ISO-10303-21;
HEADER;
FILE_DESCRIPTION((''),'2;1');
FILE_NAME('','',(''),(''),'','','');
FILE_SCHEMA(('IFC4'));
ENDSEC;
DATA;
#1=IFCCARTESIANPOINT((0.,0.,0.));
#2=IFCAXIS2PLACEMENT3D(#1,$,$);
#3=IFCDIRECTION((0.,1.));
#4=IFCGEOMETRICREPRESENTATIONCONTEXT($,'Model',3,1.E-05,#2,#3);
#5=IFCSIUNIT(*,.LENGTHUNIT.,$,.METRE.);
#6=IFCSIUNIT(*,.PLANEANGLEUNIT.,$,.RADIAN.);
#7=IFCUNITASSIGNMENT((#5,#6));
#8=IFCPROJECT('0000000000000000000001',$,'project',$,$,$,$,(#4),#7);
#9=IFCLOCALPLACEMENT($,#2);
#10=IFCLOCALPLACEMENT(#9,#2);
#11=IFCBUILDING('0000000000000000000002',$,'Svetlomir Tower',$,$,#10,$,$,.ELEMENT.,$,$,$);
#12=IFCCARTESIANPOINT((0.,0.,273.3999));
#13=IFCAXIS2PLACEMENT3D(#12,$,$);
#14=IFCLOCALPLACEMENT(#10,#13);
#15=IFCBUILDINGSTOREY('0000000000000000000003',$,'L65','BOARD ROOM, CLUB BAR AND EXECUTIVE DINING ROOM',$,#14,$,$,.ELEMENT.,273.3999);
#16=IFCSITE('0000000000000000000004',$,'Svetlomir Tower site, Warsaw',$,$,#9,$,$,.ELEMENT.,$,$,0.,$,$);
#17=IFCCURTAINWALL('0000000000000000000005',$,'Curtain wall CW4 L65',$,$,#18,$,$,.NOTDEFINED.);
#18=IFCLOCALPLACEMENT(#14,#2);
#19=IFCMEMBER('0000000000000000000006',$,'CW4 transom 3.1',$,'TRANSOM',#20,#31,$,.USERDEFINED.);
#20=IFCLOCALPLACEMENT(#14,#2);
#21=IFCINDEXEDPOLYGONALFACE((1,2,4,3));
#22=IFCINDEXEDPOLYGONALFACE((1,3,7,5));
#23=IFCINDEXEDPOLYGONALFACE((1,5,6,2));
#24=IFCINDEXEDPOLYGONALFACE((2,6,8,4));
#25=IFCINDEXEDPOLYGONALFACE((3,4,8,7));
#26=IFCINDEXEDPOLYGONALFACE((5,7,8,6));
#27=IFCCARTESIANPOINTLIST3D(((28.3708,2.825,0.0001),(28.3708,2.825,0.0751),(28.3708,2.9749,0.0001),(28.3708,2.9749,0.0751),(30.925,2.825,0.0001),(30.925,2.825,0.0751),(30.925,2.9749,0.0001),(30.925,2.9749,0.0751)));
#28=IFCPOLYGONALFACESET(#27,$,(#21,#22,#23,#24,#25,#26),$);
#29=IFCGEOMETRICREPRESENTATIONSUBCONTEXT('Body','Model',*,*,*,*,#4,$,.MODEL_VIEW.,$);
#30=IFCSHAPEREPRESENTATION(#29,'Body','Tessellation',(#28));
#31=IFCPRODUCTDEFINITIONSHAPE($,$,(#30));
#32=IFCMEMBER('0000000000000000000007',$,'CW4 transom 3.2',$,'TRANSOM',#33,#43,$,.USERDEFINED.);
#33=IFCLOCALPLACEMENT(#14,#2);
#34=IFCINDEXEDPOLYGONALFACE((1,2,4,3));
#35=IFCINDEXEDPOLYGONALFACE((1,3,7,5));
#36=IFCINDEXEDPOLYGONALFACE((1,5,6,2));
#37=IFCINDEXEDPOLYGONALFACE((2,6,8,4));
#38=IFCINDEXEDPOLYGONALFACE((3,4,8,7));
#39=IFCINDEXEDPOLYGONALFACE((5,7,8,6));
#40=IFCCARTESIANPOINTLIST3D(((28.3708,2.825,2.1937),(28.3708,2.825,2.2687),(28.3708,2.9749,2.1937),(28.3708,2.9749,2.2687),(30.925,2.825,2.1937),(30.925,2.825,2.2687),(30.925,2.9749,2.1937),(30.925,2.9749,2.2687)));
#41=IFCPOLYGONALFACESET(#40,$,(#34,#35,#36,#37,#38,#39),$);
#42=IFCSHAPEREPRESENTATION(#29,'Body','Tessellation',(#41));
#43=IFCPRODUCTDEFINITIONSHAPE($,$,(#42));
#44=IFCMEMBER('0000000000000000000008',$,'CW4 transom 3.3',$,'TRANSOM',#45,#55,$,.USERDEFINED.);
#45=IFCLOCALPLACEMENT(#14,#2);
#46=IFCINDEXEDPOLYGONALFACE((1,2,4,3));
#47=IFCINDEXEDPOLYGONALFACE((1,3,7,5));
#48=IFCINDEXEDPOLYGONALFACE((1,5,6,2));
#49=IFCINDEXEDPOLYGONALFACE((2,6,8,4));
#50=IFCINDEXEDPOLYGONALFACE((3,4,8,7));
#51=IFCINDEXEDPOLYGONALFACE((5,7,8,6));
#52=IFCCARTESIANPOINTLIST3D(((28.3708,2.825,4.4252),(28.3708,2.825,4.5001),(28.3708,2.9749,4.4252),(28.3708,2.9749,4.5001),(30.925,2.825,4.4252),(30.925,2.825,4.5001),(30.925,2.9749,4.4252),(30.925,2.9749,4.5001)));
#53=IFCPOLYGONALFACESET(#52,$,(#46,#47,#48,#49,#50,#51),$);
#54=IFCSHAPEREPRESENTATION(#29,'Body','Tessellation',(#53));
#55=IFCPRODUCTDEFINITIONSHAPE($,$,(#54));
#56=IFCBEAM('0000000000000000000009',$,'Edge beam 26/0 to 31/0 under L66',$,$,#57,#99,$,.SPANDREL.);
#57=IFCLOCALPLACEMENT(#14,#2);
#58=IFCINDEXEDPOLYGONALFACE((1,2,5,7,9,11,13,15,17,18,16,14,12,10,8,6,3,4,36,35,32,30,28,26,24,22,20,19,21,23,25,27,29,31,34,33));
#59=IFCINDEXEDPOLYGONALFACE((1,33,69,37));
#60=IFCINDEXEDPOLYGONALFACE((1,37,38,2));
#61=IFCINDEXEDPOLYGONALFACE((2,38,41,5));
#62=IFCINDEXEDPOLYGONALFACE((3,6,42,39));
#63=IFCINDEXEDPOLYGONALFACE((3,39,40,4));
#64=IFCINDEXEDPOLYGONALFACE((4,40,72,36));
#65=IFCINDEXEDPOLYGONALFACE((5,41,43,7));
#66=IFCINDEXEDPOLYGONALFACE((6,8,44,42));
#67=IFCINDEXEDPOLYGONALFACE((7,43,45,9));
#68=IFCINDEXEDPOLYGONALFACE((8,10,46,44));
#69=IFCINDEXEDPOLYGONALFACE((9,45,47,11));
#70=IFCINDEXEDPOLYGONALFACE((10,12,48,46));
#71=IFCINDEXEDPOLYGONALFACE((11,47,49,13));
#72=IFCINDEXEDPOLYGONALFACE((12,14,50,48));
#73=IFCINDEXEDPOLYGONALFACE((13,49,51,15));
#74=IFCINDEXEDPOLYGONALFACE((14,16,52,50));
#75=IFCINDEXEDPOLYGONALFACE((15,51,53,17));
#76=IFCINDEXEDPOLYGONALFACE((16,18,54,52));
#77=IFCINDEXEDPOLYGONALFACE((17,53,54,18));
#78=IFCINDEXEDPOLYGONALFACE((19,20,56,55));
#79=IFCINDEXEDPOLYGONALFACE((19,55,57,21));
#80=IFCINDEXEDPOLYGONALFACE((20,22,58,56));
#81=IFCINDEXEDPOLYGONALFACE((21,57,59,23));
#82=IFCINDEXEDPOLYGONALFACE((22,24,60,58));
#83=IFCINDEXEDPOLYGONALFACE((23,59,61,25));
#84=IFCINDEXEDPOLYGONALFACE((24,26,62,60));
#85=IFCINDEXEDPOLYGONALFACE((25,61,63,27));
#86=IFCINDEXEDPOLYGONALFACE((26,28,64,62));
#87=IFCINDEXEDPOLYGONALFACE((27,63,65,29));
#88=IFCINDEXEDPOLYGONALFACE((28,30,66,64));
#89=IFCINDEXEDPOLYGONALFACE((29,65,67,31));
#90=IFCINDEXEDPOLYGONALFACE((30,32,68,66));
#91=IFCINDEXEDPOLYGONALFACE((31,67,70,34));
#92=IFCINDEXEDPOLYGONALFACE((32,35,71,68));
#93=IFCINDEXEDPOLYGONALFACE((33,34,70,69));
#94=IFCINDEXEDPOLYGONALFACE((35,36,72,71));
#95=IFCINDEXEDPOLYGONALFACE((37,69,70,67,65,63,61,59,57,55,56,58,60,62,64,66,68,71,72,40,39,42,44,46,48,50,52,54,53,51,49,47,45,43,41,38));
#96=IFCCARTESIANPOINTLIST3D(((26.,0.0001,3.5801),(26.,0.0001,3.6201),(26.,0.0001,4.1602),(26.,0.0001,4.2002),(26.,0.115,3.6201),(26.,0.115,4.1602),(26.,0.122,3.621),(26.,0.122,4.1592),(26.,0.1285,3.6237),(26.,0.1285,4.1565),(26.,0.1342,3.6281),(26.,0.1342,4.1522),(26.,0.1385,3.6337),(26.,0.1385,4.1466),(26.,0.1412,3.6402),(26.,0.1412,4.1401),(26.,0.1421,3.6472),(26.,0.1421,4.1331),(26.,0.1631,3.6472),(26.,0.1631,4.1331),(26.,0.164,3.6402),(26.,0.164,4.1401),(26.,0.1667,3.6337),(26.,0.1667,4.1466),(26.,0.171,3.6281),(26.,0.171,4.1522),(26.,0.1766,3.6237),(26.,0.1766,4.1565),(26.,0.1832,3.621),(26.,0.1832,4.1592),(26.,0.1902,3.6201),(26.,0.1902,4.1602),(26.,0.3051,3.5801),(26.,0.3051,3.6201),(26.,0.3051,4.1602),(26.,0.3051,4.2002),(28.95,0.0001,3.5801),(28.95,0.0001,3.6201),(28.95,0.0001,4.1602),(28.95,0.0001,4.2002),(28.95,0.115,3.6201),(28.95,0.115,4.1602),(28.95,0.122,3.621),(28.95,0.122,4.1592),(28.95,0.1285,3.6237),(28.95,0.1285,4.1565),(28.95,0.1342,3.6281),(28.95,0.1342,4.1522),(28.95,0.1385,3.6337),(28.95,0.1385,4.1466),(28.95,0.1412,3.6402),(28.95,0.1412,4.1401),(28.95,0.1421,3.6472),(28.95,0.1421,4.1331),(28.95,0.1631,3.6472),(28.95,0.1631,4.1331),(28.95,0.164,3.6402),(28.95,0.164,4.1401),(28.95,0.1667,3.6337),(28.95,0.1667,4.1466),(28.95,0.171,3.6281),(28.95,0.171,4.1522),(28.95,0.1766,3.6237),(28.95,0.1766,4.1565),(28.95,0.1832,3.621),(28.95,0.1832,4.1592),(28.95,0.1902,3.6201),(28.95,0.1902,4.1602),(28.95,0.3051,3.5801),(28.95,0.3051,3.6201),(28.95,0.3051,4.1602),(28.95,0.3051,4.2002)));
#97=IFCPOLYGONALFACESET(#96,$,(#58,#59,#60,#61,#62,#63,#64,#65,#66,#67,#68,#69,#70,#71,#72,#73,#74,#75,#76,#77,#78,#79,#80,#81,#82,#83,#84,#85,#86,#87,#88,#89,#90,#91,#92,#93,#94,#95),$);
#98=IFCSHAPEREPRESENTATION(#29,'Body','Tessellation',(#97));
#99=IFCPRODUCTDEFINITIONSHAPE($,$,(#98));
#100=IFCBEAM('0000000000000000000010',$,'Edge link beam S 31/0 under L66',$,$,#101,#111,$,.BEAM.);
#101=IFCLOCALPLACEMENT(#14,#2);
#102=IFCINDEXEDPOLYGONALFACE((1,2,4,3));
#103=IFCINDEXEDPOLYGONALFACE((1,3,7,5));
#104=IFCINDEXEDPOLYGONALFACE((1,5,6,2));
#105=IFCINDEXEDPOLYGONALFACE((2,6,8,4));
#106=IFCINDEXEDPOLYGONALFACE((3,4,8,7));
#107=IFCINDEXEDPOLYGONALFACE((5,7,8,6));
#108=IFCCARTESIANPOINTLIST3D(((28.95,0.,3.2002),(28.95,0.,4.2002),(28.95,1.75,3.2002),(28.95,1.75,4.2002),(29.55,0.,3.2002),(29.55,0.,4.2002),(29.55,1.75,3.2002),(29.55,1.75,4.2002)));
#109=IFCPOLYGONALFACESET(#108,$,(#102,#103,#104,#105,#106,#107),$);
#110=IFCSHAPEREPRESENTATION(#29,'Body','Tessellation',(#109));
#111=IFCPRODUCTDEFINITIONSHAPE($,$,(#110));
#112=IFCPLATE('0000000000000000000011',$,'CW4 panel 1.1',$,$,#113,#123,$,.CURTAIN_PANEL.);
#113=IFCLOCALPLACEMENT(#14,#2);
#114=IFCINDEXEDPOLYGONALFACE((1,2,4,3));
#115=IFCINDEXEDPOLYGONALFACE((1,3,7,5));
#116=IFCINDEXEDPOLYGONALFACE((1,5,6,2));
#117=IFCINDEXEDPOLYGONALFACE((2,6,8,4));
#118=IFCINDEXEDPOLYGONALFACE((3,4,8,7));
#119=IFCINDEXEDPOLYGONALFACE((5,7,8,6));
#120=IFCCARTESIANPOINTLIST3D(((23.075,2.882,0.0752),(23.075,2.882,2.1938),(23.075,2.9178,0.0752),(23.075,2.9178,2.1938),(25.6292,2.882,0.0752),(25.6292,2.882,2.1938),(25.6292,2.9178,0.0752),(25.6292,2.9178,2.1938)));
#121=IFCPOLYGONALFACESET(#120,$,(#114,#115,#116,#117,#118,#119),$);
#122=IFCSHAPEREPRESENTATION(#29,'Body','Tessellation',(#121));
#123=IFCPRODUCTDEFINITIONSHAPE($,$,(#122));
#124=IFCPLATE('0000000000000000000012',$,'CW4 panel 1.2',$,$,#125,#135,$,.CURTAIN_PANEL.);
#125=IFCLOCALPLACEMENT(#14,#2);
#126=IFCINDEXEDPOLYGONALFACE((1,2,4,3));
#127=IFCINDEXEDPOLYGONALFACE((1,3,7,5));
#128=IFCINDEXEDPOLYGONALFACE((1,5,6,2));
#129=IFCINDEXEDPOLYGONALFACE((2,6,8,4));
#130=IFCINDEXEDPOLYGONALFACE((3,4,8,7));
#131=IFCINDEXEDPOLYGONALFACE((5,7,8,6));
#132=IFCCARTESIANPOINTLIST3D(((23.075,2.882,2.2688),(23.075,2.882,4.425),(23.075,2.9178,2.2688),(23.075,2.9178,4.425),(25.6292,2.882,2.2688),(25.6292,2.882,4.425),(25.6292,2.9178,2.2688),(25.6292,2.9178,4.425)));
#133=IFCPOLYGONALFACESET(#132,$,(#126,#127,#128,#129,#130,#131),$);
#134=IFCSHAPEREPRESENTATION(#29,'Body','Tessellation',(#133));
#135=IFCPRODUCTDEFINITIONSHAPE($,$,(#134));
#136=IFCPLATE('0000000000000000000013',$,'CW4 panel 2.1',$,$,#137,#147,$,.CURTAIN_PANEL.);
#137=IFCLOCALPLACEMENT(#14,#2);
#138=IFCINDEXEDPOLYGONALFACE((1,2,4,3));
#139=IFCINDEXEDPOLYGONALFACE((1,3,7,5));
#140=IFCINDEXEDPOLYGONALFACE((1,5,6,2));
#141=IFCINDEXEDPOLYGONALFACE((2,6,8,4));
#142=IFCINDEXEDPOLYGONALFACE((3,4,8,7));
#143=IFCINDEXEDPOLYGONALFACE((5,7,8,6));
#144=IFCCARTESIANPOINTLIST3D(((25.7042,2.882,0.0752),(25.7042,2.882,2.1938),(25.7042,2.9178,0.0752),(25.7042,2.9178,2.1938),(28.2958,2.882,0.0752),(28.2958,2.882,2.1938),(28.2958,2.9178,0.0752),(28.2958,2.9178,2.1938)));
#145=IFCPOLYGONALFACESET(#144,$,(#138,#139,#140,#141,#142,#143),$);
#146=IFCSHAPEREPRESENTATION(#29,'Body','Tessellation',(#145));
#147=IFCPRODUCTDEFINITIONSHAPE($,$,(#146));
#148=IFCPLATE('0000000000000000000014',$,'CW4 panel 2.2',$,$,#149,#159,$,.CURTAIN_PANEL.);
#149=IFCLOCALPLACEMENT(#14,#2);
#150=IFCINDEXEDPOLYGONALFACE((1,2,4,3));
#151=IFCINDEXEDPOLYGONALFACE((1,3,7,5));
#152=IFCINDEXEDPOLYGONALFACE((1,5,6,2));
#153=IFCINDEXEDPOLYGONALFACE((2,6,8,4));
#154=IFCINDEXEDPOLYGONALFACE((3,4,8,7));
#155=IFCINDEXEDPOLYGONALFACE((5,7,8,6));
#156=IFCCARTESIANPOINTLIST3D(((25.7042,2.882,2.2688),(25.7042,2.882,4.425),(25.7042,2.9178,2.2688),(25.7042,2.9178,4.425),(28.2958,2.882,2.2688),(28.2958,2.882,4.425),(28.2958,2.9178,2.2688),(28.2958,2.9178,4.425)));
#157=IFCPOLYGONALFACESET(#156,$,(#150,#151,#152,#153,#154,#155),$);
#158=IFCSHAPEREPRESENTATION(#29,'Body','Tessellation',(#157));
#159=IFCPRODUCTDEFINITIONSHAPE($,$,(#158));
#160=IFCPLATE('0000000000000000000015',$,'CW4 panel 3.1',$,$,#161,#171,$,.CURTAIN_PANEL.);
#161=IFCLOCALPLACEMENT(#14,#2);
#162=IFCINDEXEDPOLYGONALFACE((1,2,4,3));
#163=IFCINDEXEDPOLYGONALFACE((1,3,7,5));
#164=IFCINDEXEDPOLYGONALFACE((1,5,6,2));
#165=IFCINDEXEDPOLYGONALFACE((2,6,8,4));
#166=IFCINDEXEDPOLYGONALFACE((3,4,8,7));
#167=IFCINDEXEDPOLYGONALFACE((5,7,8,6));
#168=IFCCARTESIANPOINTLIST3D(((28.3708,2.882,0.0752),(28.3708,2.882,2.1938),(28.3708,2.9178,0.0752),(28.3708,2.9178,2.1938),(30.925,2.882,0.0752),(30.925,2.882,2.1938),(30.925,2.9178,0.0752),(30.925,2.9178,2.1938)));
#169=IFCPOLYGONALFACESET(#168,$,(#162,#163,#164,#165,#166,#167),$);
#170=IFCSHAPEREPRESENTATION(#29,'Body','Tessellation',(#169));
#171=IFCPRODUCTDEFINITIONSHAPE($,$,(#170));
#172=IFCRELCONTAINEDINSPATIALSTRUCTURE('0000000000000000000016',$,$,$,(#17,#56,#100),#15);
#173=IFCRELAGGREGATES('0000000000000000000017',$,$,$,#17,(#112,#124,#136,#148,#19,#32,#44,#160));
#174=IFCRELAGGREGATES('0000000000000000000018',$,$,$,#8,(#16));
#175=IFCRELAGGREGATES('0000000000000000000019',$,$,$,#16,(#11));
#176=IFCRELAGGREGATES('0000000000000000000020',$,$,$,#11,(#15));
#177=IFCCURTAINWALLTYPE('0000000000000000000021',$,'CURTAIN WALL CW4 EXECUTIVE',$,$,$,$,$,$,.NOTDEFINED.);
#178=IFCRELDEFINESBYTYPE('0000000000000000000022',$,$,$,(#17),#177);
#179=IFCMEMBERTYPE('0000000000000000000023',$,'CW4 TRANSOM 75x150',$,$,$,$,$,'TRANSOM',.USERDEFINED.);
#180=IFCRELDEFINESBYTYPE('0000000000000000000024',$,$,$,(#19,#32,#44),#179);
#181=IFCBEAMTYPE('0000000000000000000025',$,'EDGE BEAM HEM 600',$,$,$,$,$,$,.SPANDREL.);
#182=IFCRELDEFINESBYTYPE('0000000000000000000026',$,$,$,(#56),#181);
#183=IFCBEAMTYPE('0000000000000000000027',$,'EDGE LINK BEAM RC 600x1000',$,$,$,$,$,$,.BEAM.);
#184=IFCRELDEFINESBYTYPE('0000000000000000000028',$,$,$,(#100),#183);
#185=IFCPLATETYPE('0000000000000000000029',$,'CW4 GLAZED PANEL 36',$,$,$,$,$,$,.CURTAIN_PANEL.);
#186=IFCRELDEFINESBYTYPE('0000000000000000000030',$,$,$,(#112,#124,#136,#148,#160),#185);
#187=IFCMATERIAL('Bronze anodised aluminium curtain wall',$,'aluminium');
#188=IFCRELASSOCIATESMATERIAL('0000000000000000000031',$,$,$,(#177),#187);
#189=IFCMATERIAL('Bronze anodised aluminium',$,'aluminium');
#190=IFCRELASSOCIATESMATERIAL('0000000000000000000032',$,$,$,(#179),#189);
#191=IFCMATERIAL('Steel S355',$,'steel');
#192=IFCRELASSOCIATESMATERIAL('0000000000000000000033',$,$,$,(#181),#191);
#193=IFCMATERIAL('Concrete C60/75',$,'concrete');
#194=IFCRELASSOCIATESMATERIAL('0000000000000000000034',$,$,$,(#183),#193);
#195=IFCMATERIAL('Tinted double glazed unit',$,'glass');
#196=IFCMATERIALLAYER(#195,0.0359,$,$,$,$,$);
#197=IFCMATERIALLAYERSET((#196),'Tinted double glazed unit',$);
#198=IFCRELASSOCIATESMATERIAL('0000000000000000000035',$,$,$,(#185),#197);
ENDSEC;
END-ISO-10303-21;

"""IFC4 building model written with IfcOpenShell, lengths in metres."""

from ifc_helpers import new_model, si_unit, direction, frame, origin, origin_2d, place, context, subcontext, project, spatial, rectangle, i_section, extrude, material, layer, layer_set, material_profile, profile_set, type_object, element, aggregate, save


model = new_model("IFC4")

# Units and contexts
model_context = context("Model", 3, precision=1e-05, world=origin(), true_north=direction((0.0, 1.0)))
body_context = subcontext(model_context, "Body", "Model", "MODEL_VIEW")
ifc_project = project(units=[si_unit("LENGTHUNIT", "METRE"), si_unit("PLANEANGLEUNIT", "RADIAN")], contexts=[model_context])

# Site, building, storey
site_placement = place(None, origin())
site = spatial("IfcSite", under=ifc_project, at=site_placement, Name="Svetlomir Tower site, Warsaw", CompositionType="ELEMENT", RefElevation=0.0)
building_placement = place(site_placement, origin())
building = spatial("IfcBuilding", under=site, at=building_placement, Name="Svetlomir Tower", CompositionType="ELEMENT")
storey_placement = place(building_placement, frame((0.0, 0.0, 273.3999)))
storey = spatial("IfcBuildingStorey", under=building, at=storey_placement, Name="L65", Description="BOARD ROOM, CLUB BAR AND EXECUTIVE DINING ROOM", CompositionType="ELEMENT", Elevation=273.3999)

# Curtain wall
ifc_material_1 = material(Name="Bronze anodised aluminium curtain wall", Category="aluminium")
curtain_wall_type = type_object("IfcCurtainWallType", Name="CURTAIN WALL CW4 EXECUTIVE", PredefinedType="NOTDEFINED", material=ifc_material_1)
curtain_wall_1_placement = place(storey_placement, origin())
curtain_wall_1 = element("IfcCurtainWall", 1, at=curtain_wall_1_placement, inside=storey, type_object=curtain_wall_type, Name="Curtain wall CW4 L65", PredefinedType="NOTDEFINED")

# Members
ifc_material_2 = material(Name="Bronze anodised aluminium", Category="aluminium")
ifc_material_profile_1 = material_profile(ifc_material_2, rectangle(XDim=0.1499, YDim=0.075, at=origin_2d()), Name="AL 150x75")
ifc_profile_set_1 = profile_set([ifc_material_profile_1], Name="Bronze anodised aluminium 6063-T6")
member_type_1 = type_object("IfcMemberType", Name="CW4 TRANSOM 75x150", ElementType="TRANSOM", PredefinedType="USERDEFINED", material=ifc_profile_set_1)
member_1_placement = place(storey_placement, frame((28.3708, 2.8999, 0.0376), z_axis=(1.0, 0.0, 0.0), x_axis=(0.0, 1.0, 0.0)))
member_1 = element("IfcMember", 2, at=member_1_placement, type_object=member_type_1, Name="CW4 transom 3.1", ObjectType="TRANSOM", PredefinedType="USERDEFINED", context=body_context, shape_type="SweptSolid", body=[
    extrude(rectangle(XDim=0.1499, YDim=0.075, at=origin_2d()), origin(), (0.0, 0.0, 1.0), 2.5542),
])
member_2_placement = place(storey_placement, frame((28.3708, 2.8999, 2.2312), z_axis=(1.0, 0.0, 0.0), x_axis=(0.0, 1.0, 0.0)))
member_2 = element("IfcMember", 3, at=member_2_placement, type_object=member_type_1, Name="CW4 transom 3.2", ObjectType="TRANSOM", PredefinedType="USERDEFINED", context=body_context, shape_type="SweptSolid", body=[
    extrude(rectangle(XDim=0.1499, YDim=0.075, at=origin_2d()), origin(), (0.0, 0.0, 1.0), 2.5542),
])
member_3_placement = place(storey_placement, frame((28.3708, 2.8999, 4.4626), z_axis=(1.0, 0.0, 0.0), x_axis=(0.0, 1.0, 0.0)))
member_3 = element("IfcMember", 4, at=member_3_placement, type_object=member_type_1, Name="CW4 transom 3.3", ObjectType="TRANSOM", PredefinedType="USERDEFINED", context=body_context, shape_type="SweptSolid", body=[
    extrude(rectangle(XDim=0.1499, YDim=0.075, at=origin_2d()), origin(), (0.0, 0.0, 1.0), 2.5542),
])

# Beams
ifc_material_3 = material(Name="Steel S355", Category="steel")
ifc_material_profile_2 = material_profile(ifc_material_3, i_section(OverallWidth=0.3049, OverallDepth=0.6201, WebThickness=0.021, FlangeThickness=0.04, FilletRadius=0.0271, at=origin_2d()), Name="HEM 600")
ifc_profile_set_2 = profile_set([ifc_material_profile_2], Name="Steel S355")
beam_type_1 = type_object("IfcBeamType", Name="EDGE BEAM HEM 600", PredefinedType="SPANDREL", material=ifc_profile_set_2)
beam_1_placement = place(storey_placement, frame((26.0, 0.1526, 3.8901), z_axis=(1.0, 0.0, 0.0), x_axis=(0.0, 1.0, 0.0)))
element("IfcBeam", 5, at=beam_1_placement, inside=storey, type_object=beam_type_1, Name="Edge beam 26/0 to 31/0 under L66", PredefinedType="SPANDREL", context=body_context, shape_type="SweptSolid", body=[
    extrude(i_section(OverallWidth=0.3049, OverallDepth=0.6201, WebThickness=0.021, FlangeThickness=0.04, FilletRadius=0.0271, at=origin_2d()), origin(), (0.0, 0.0, 1.0), 2.95),
])
ifc_material_4 = material(Name="Concrete C60/75", Category="concrete")
ifc_material_profile_3 = material_profile(ifc_material_4, rectangle(XDim=0.6001, YDim=1.0, at=origin_2d()), Name="RC 600x1000")
ifc_profile_set_3 = profile_set([ifc_material_profile_3], Name="Concrete C60/75")
beam_type_2 = type_object("IfcBeamType", Name="EDGE LINK BEAM RC 600x1000", PredefinedType="BEAM", material=ifc_profile_set_3)
beam_2_placement = place(storey_placement, frame((29.25, 1.75, 3.7002), z_axis=(0.0, -1.0, 0.0), x_axis=(1.0, 0.0, 0.0)))
element("IfcBeam", 6, at=beam_2_placement, inside=storey, type_object=beam_type_2, Name="Edge link beam S 31/0 under L66", PredefinedType="BEAM", context=body_context, shape_type="SweptSolid", body=[
    extrude(rectangle(XDim=0.6001, YDim=1.0, at=origin_2d()), origin(), (0.0, 0.0, 1.0), 1.75),
])

# Plates
ifc_material_5 = material(Name="Tinted double glazed unit", Category="glass")
ifc_layer_1 = layer(ifc_material_5, 0.0359)
ifc_layer_set_1 = layer_set([ifc_layer_1], Name="Tinted double glazed unit")
plate_type = type_object("IfcPlateType", Name="CW4 GLAZED PANEL 36", PredefinedType="CURTAIN_PANEL", material=ifc_layer_set_1)
plate_1_placement = place(storey_placement, frame((24.3521, 2.8999, 0.0752), z_axis=(0.0, 0.0, 1.0), x_axis=(1.0, 0.0, 0.0)))
plate_1 = element("IfcPlate", 7, at=plate_1_placement, type_object=plate_type, Name="CW4 panel 1.1", PredefinedType="CURTAIN_PANEL", context=body_context, shape_type="SweptSolid", body=[
    extrude(rectangle(XDim=2.5542, YDim=0.0359, at=origin_2d()), origin(), (0.0, 0.0, 1.0), 2.1187),
])
plate_2_placement = place(storey_placement, frame((24.3521, 2.8999, 2.2688), z_axis=(0.0, 0.0, 1.0), x_axis=(1.0, 0.0, 0.0)))
plate_2 = element("IfcPlate", 8, at=plate_2_placement, type_object=plate_type, Name="CW4 panel 1.2", PredefinedType="CURTAIN_PANEL", context=body_context, shape_type="SweptSolid", body=[
    extrude(rectangle(XDim=2.5542, YDim=0.0359, at=origin_2d()), origin(), (0.0, 0.0, 1.0), 2.1562),
])
plate_3_placement = place(storey_placement, frame((27.0, 2.8999, 0.0752), z_axis=(0.0, 0.0, 1.0), x_axis=(1.0, 0.0, 0.0)))
plate_3 = element("IfcPlate", 9, at=plate_3_placement, type_object=plate_type, Name="CW4 panel 2.1", PredefinedType="CURTAIN_PANEL", context=body_context, shape_type="SweptSolid", body=[
    extrude(rectangle(XDim=2.5916, YDim=0.0359, at=origin_2d()), origin(), (0.0, 0.0, 1.0), 2.1187),
])
plate_4_placement = place(storey_placement, frame((27.0, 2.8999, 2.2688), z_axis=(0.0, 0.0, 1.0), x_axis=(1.0, 0.0, 0.0)))
plate_4 = element("IfcPlate", 10, at=plate_4_placement, type_object=plate_type, Name="CW4 panel 2.2", PredefinedType="CURTAIN_PANEL", context=body_context, shape_type="SweptSolid", body=[
    extrude(rectangle(XDim=2.5916, YDim=0.0359, at=origin_2d()), origin(), (0.0, 0.0, 1.0), 2.1562),
])
plate_5_placement = place(storey_placement, frame((29.6479, 2.8999, 0.0752), z_axis=(0.0, 0.0, 1.0), x_axis=(1.0, 0.0, 0.0)))
plate_5 = element("IfcPlate", 11, at=plate_5_placement, type_object=plate_type, Name="CW4 panel 3.1", PredefinedType="CURTAIN_PANEL", context=body_context, shape_type="SweptSolid", body=[
    extrude(rectangle(XDim=2.5542, YDim=0.0359, at=origin_2d()), origin(), (0.0, 0.0, 1.0), 2.1187),
])
aggregate(curtain_wall_1, [plate_1, plate_2, plate_3, plate_4, member_1, member_2, member_3, plate_5])

save(model, "model.ifc")
